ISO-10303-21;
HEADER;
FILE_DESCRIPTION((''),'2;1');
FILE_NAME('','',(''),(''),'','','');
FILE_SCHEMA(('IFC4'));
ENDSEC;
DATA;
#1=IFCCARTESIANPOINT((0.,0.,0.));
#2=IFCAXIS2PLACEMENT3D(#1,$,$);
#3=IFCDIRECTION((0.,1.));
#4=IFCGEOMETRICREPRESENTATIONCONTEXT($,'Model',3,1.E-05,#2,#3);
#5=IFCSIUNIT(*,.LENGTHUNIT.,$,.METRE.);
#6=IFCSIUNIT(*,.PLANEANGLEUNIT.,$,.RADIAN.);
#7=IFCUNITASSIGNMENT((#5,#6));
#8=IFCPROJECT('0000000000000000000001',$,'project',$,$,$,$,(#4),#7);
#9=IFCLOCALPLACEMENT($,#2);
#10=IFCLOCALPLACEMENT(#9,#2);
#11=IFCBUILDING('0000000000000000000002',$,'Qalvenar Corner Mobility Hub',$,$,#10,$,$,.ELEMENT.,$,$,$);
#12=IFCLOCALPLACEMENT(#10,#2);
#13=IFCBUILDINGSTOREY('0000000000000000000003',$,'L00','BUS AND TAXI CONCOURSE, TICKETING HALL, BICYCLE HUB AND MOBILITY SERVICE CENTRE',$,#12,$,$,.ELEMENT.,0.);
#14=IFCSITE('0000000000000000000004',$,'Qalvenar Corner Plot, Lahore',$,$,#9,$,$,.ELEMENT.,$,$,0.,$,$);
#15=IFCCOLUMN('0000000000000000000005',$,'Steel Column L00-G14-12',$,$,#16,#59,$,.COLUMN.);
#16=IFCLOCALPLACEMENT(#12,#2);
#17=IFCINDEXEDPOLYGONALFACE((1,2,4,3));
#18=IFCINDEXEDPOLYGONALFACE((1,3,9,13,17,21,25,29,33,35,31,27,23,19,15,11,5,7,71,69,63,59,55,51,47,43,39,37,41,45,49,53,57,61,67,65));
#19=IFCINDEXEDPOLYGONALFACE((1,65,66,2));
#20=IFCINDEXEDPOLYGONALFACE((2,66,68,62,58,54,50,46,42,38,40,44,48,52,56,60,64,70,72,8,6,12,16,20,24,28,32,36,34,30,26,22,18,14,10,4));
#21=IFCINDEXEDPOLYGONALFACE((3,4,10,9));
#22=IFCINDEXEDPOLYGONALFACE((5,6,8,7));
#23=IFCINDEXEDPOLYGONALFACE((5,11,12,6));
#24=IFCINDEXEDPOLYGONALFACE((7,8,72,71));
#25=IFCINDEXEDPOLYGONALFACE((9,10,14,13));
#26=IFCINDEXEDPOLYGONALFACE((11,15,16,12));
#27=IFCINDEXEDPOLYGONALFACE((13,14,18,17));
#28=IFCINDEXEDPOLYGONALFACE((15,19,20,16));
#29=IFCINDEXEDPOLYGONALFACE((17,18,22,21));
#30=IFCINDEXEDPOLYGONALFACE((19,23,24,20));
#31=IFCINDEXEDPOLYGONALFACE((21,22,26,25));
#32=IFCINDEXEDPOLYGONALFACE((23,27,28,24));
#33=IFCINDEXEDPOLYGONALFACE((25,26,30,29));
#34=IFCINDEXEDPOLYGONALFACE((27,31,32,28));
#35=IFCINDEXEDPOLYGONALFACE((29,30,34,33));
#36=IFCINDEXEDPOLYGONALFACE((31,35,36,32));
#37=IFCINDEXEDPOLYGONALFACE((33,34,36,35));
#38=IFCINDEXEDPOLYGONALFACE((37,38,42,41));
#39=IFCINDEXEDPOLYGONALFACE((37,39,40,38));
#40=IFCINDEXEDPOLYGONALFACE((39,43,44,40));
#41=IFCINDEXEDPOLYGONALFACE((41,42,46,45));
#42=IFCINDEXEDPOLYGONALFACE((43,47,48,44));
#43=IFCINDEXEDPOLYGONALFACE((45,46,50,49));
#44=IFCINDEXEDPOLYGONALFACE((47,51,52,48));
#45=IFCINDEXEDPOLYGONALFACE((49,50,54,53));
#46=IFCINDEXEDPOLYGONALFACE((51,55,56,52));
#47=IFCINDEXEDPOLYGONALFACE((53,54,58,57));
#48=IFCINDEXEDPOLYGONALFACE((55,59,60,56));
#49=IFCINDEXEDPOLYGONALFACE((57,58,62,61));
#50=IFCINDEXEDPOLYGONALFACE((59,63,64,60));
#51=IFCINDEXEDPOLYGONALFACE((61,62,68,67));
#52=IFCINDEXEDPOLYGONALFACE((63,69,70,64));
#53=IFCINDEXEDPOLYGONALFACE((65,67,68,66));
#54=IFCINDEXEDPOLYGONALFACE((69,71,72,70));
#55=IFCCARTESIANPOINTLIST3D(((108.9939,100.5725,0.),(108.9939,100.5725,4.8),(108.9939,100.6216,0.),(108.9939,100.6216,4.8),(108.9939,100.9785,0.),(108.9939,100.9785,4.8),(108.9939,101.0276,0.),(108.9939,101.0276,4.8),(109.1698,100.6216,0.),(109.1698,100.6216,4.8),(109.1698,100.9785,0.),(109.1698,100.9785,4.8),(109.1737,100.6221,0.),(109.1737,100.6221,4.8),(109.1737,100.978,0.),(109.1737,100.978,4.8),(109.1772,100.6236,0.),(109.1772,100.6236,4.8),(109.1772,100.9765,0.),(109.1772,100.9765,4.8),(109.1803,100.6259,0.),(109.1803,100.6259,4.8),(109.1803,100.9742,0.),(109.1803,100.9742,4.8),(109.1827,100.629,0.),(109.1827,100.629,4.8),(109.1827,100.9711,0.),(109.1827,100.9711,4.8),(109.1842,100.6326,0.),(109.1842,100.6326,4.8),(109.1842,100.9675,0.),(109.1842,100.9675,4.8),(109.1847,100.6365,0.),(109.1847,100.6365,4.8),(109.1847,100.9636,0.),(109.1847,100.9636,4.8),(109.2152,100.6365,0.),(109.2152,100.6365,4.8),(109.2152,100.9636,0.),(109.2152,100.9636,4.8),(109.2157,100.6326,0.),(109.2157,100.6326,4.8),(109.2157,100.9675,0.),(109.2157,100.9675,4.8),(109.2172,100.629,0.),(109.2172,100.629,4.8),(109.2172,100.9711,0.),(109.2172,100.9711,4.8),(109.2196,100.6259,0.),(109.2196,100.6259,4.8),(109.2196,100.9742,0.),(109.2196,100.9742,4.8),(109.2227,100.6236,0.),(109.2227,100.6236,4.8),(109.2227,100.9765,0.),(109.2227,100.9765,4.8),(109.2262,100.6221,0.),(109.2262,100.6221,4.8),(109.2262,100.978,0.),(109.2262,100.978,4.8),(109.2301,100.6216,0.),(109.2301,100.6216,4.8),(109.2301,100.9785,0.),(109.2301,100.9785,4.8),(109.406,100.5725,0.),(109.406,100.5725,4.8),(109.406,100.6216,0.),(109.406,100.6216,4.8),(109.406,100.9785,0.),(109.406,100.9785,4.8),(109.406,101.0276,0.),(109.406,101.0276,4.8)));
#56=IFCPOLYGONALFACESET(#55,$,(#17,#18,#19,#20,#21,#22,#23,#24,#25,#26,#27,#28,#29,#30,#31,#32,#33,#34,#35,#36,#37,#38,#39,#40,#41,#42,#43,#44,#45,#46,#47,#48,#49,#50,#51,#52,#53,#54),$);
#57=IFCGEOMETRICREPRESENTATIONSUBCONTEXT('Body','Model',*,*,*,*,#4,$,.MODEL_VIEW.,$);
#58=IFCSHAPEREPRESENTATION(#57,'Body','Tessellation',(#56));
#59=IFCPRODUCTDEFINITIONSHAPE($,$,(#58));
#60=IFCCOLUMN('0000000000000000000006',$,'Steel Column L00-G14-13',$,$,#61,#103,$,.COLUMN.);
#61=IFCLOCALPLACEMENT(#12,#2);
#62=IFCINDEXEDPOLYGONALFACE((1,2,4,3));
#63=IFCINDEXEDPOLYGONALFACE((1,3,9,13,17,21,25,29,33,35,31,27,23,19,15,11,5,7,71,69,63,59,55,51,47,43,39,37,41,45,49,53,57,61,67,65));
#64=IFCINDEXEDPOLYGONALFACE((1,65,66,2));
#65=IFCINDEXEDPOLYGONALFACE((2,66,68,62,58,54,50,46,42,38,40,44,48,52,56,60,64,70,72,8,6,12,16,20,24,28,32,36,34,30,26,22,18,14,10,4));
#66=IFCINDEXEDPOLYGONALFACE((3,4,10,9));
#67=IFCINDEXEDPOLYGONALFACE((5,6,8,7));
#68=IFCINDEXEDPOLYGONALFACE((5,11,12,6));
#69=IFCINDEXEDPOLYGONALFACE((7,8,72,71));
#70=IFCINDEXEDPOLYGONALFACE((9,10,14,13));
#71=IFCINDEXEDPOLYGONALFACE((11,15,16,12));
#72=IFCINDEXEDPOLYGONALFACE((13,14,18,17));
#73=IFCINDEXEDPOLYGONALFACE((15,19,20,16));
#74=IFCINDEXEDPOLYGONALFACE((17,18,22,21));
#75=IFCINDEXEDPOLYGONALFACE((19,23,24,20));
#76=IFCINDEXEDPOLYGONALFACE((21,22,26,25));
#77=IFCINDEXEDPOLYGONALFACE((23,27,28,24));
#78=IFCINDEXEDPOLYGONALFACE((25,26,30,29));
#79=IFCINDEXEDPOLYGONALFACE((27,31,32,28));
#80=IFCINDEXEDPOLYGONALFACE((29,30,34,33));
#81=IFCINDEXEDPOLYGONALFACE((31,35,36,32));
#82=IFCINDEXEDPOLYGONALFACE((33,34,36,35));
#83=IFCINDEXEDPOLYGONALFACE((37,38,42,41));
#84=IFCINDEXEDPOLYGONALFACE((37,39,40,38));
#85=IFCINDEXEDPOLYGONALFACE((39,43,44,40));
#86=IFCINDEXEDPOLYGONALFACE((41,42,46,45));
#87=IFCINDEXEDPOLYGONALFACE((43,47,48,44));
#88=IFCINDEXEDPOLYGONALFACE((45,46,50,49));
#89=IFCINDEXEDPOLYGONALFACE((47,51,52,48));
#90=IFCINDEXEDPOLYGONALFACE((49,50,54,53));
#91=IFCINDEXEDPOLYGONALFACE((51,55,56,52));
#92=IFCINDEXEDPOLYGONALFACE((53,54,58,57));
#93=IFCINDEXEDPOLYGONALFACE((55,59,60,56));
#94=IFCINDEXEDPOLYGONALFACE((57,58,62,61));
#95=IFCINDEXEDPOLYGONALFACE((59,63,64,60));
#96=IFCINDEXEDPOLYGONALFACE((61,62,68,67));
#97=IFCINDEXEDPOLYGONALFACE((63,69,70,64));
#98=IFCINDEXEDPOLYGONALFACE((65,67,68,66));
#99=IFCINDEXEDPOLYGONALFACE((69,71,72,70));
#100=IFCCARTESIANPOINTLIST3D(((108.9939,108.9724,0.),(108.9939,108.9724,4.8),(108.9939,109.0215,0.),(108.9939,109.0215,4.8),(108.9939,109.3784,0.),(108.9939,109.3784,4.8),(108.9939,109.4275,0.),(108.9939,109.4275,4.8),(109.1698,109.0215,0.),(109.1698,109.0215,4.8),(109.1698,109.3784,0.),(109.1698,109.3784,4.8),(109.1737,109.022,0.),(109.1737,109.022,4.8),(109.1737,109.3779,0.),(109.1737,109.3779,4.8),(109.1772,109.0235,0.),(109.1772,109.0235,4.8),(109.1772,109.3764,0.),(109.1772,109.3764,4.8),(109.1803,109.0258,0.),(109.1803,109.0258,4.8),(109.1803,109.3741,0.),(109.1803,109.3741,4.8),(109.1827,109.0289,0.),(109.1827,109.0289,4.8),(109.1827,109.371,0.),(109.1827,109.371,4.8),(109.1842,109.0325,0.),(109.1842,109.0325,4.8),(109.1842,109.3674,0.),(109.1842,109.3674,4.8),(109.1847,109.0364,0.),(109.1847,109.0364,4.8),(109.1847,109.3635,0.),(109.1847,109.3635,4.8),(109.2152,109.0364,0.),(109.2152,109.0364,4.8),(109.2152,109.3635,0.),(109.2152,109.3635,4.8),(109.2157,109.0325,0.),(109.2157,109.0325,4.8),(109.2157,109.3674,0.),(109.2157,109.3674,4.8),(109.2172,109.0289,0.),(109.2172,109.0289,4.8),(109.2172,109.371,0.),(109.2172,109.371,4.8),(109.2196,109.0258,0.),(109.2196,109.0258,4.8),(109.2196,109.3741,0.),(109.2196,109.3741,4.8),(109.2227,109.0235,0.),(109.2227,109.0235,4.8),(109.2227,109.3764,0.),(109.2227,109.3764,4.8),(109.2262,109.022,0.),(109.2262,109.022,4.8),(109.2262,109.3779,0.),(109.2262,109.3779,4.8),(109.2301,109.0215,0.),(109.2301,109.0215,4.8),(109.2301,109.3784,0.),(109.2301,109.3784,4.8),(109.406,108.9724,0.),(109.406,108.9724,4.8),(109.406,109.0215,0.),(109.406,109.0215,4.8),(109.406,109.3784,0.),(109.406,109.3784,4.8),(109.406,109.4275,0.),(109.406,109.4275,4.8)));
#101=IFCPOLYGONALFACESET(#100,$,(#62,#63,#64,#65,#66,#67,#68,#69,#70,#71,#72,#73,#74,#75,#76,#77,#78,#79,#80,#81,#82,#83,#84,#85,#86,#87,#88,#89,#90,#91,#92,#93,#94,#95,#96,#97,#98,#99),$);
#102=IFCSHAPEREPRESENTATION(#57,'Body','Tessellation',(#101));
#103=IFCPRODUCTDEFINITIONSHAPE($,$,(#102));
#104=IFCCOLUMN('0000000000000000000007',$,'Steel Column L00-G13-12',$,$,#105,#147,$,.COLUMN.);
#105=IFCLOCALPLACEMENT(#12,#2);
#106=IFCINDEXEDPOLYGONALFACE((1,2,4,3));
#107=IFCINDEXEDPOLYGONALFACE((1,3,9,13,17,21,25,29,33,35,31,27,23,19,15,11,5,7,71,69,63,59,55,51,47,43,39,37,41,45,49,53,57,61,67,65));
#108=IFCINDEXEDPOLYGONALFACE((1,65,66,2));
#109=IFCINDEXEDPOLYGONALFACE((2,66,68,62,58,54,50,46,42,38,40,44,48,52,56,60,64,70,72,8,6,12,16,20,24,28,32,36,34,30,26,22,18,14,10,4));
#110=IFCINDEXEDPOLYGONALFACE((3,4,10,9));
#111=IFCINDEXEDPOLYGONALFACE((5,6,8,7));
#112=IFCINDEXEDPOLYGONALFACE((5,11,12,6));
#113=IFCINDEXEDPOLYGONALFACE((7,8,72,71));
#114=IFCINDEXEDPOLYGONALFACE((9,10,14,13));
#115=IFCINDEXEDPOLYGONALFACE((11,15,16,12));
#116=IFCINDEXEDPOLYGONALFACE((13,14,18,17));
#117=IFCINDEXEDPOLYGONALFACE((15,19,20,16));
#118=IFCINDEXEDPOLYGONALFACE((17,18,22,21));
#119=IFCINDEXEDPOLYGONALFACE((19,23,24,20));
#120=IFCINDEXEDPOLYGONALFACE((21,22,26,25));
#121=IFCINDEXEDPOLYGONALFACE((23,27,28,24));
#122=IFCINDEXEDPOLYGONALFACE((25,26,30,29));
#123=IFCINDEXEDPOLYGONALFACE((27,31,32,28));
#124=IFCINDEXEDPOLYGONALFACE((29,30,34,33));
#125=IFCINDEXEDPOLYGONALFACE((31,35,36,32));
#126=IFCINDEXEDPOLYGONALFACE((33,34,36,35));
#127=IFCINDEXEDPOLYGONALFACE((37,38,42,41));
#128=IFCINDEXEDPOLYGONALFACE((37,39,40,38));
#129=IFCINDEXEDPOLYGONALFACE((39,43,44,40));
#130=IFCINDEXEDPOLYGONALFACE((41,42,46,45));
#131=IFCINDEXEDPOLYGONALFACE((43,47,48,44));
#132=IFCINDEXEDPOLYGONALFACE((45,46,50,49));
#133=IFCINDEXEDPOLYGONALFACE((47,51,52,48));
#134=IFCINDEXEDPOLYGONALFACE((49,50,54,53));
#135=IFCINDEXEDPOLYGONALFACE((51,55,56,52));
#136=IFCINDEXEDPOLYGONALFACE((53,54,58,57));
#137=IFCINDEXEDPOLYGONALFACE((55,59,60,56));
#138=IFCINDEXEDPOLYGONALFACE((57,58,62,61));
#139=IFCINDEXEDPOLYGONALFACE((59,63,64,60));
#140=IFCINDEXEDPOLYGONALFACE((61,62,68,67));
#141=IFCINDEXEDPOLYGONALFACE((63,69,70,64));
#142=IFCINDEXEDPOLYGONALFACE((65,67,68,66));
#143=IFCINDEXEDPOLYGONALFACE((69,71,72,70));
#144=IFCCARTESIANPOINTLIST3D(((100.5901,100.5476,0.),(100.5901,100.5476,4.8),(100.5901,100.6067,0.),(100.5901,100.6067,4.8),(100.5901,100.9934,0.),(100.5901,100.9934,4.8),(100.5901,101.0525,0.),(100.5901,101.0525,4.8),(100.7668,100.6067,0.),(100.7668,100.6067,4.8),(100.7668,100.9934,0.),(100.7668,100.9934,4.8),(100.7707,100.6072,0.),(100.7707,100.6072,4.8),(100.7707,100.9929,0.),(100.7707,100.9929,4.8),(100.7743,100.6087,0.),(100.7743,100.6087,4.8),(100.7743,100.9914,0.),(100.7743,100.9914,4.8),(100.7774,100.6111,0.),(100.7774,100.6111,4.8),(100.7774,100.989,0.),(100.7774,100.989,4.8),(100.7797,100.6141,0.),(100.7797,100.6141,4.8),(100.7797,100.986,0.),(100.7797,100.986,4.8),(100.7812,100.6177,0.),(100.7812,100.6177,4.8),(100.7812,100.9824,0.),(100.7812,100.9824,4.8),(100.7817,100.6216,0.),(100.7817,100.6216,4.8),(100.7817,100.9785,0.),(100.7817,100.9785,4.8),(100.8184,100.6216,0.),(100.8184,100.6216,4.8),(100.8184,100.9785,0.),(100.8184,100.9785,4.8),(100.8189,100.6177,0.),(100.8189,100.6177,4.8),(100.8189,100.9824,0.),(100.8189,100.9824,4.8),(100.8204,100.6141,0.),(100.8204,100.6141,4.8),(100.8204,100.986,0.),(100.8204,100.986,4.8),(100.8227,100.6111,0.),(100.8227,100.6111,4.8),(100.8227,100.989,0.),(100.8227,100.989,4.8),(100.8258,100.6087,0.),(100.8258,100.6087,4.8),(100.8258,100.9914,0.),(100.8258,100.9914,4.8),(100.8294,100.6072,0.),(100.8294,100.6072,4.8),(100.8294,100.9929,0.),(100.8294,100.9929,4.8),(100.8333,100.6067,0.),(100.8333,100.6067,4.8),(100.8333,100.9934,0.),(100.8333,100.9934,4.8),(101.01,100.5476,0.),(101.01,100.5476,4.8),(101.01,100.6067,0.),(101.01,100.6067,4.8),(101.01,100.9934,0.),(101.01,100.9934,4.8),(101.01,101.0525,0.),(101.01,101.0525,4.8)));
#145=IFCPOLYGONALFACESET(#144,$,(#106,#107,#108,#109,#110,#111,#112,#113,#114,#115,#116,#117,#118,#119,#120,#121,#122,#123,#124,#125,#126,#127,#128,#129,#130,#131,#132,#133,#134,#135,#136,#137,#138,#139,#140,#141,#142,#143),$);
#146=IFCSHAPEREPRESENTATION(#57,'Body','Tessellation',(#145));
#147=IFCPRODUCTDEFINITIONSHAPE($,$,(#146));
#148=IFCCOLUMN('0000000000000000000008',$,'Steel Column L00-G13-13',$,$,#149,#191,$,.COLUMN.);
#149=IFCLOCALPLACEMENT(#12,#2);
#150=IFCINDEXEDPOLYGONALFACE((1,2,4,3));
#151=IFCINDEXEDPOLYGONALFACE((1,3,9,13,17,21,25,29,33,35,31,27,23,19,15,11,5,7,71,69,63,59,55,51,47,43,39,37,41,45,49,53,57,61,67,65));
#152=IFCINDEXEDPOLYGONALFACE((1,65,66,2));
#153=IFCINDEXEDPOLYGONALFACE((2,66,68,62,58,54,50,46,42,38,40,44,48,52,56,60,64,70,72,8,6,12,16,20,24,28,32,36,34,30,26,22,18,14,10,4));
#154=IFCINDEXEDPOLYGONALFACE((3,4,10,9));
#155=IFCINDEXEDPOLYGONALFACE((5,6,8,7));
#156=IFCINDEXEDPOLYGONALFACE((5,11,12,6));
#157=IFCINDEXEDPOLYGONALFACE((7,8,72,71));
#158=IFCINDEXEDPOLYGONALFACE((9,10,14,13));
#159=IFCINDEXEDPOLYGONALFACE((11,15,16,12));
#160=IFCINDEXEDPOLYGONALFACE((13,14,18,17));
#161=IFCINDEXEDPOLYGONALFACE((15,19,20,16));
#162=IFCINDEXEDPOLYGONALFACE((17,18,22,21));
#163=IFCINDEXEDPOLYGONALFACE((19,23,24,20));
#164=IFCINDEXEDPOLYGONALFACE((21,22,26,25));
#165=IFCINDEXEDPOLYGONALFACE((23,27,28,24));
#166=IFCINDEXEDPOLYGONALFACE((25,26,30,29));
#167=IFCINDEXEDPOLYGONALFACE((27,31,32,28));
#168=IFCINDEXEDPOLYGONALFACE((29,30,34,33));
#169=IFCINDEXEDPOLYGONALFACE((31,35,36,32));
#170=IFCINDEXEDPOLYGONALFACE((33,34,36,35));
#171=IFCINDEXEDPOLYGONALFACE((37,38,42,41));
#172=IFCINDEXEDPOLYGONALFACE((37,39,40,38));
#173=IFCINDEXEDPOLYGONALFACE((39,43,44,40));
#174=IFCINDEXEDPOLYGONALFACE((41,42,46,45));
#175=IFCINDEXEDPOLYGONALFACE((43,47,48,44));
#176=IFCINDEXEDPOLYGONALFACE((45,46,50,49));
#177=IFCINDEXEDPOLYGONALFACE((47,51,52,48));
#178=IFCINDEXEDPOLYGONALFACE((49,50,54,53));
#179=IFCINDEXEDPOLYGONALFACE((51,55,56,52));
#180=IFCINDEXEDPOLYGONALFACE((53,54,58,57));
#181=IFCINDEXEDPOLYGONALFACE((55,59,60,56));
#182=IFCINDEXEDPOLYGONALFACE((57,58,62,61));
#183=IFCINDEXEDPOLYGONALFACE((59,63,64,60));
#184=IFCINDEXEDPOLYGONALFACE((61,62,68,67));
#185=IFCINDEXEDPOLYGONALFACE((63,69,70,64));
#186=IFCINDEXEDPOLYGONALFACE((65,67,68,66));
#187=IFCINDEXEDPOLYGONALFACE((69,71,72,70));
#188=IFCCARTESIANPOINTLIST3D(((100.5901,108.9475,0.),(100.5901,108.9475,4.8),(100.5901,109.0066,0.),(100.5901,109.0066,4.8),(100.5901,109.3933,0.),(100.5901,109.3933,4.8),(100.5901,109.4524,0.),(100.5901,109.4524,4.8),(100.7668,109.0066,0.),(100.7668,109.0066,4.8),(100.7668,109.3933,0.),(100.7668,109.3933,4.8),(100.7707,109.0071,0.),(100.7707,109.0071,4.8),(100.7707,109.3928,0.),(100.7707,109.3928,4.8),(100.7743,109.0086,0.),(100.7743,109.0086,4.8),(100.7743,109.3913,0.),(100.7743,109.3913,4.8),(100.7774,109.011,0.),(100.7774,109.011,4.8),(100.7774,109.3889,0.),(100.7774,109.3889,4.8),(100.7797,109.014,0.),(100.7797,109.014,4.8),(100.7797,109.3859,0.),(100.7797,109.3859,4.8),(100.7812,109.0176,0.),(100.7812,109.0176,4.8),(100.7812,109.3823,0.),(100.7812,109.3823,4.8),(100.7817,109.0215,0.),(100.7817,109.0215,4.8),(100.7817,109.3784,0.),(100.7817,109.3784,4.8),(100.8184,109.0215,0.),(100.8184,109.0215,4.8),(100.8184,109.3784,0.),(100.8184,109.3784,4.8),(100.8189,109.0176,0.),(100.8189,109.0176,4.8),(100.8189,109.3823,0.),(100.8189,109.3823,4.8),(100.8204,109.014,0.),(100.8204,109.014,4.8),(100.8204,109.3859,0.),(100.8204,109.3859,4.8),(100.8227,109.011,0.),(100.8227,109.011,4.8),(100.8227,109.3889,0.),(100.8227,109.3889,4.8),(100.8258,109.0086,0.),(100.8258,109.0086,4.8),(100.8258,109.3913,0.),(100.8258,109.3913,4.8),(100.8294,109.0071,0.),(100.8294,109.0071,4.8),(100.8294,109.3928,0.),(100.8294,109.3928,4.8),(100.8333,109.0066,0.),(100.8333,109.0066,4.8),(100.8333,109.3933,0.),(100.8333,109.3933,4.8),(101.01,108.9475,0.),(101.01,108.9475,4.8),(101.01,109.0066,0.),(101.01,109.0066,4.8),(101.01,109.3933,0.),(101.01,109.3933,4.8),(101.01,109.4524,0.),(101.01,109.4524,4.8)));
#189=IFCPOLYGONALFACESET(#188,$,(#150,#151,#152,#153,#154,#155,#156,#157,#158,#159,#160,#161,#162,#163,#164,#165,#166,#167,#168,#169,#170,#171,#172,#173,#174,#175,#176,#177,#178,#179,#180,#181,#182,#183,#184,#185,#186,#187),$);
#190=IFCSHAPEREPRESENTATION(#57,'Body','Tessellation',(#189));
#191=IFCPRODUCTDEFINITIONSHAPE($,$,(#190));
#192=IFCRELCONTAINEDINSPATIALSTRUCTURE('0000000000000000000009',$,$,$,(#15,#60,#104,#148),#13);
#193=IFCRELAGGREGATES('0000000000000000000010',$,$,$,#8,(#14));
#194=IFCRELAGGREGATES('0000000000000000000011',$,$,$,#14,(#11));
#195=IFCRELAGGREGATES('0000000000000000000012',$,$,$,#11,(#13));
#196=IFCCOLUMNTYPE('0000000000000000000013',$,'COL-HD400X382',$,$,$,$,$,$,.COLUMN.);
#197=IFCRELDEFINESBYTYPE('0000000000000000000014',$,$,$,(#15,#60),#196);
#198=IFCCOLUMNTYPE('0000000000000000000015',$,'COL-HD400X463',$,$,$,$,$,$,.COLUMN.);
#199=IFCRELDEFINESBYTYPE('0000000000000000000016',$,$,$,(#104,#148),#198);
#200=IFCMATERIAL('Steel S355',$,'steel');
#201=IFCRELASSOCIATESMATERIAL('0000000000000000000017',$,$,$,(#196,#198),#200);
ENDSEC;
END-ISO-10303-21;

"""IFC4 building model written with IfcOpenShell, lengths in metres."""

from ifc_helpers import new_model, si_unit, direction, frame, origin, origin_2d, place, context, subcontext, project, spatial, i_section, extrude, material, material_profile, profile_set, type_object, element, save


model = new_model("IFC4")

# Units and contexts
model_context = context("Model", 3, precision=1e-05, world=origin(), true_north=direction((0.0, 1.0)))
body_context = subcontext(model_context, "Body", "Model", "MODEL_VIEW")
ifc_project = project(units=[si_unit("LENGTHUNIT", "METRE"), si_unit("PLANEANGLEUNIT", "RADIAN")], contexts=[model_context])

# Site, building, storey
site_placement = place(None, origin())
site = spatial("IfcSite", under=ifc_project, at=site_placement, Name="Qalvenar Corner Plot, Lahore", CompositionType="ELEMENT", RefElevation=0.0)
building_placement = place(site_placement, origin())
building = spatial("IfcBuilding", under=site, at=building_placement, Name="Qalvenar Corner Mobility Hub", CompositionType="ELEMENT")
storey_placement = place(building_placement, origin())
storey = spatial("IfcBuildingStorey", under=building, at=storey_placement, Name="L00", Description="BUS AND TAXI CONCOURSE, TICKETING HALL, BICYCLE HUB AND MOBILITY SERVICE CENTRE", CompositionType="ELEMENT", Elevation=0.0)

# Columns
ifc_material_1 = material(Name="Steel S355", Category="steel")
ifc_material_profile_1 = material_profile(ifc_material_1, i_section(OverallWidth=0.4121, OverallDepth=0.4551, WebThickness=0.0305, FlangeThickness=0.0491, FilletRadius=0.0149, at=origin_2d()), Name="HD400x421")
ifc_profile_set_1 = profile_set([ifc_material_profile_1], Name="Steel S355")
column_type_1 = type_object("IfcColumnType", Name="COL-HD400X382", PredefinedType="COLUMN", material=ifc_profile_set_1)
for number, where, z_axis, x_axis, name in (
    (1, (109.2, 100.8, 0.0), (0.0, 0.0, 1.0), (1.0, 0.0, 0.0), "Steel Column L00-G14-12"),
    (2, (109.2, 109.2, 0.0), (0.0, 0.0, 1.0), (1.0, 0.0, 0.0), "Steel Column L00-G14-13"),
):
    element("IfcColumn", number, at=place(storey_placement, frame(where, z_axis=z_axis, x_axis=x_axis)), inside=storey, type_object=column_type_1, Name=name, PredefinedType="COLUMN", context=body_context, shape_type="SweptSolid", body=[
        extrude(i_section(OverallWidth=0.4121, OverallDepth=0.4551, WebThickness=0.0305, FlangeThickness=0.0491, FilletRadius=0.0149, at=origin_2d()), origin(), (0.0, 0.0, 1.0), 4.8),
    ])
ifc_material_profile_2 = material_profile(ifc_material_1, i_section(OverallWidth=0.4199, OverallDepth=0.5049, WebThickness=0.0366, FlangeThickness=0.0591, FilletRadius=0.0149, at=origin_2d()), Name="HD400x551")
ifc_profile_set_2 = profile_set([ifc_material_profile_2], Name="Steel S355")
column_type_2 = type_object("IfcColumnType", Name="COL-HD400X463", PredefinedType="COLUMN", material=ifc_profile_set_2)
for number, where, z_axis, x_axis, name in (
    (3, (100.8, 100.8, 0.0), (0.0, 0.0, 1.0), (1.0, 0.0, 0.0), "Steel Column L00-G13-12"),
    (4, (100.8, 109.2, 0.0), (0.0, 0.0, 1.0), (1.0, 0.0, 0.0), "Steel Column L00-G13-13"),
):
    element("IfcColumn", number, at=place(storey_placement, frame(where, z_axis=z_axis, x_axis=x_axis)), inside=storey, type_object=column_type_2, Name=name, PredefinedType="COLUMN", context=body_context, shape_type="SweptSolid", body=[
        extrude(i_section(OverallWidth=0.4199, OverallDepth=0.5049, WebThickness=0.0366, FlangeThickness=0.0591, FilletRadius=0.0149, at=origin_2d()), origin(), (0.0, 0.0, 1.0), 4.8),
    ])

save(model, "model.ifc")
